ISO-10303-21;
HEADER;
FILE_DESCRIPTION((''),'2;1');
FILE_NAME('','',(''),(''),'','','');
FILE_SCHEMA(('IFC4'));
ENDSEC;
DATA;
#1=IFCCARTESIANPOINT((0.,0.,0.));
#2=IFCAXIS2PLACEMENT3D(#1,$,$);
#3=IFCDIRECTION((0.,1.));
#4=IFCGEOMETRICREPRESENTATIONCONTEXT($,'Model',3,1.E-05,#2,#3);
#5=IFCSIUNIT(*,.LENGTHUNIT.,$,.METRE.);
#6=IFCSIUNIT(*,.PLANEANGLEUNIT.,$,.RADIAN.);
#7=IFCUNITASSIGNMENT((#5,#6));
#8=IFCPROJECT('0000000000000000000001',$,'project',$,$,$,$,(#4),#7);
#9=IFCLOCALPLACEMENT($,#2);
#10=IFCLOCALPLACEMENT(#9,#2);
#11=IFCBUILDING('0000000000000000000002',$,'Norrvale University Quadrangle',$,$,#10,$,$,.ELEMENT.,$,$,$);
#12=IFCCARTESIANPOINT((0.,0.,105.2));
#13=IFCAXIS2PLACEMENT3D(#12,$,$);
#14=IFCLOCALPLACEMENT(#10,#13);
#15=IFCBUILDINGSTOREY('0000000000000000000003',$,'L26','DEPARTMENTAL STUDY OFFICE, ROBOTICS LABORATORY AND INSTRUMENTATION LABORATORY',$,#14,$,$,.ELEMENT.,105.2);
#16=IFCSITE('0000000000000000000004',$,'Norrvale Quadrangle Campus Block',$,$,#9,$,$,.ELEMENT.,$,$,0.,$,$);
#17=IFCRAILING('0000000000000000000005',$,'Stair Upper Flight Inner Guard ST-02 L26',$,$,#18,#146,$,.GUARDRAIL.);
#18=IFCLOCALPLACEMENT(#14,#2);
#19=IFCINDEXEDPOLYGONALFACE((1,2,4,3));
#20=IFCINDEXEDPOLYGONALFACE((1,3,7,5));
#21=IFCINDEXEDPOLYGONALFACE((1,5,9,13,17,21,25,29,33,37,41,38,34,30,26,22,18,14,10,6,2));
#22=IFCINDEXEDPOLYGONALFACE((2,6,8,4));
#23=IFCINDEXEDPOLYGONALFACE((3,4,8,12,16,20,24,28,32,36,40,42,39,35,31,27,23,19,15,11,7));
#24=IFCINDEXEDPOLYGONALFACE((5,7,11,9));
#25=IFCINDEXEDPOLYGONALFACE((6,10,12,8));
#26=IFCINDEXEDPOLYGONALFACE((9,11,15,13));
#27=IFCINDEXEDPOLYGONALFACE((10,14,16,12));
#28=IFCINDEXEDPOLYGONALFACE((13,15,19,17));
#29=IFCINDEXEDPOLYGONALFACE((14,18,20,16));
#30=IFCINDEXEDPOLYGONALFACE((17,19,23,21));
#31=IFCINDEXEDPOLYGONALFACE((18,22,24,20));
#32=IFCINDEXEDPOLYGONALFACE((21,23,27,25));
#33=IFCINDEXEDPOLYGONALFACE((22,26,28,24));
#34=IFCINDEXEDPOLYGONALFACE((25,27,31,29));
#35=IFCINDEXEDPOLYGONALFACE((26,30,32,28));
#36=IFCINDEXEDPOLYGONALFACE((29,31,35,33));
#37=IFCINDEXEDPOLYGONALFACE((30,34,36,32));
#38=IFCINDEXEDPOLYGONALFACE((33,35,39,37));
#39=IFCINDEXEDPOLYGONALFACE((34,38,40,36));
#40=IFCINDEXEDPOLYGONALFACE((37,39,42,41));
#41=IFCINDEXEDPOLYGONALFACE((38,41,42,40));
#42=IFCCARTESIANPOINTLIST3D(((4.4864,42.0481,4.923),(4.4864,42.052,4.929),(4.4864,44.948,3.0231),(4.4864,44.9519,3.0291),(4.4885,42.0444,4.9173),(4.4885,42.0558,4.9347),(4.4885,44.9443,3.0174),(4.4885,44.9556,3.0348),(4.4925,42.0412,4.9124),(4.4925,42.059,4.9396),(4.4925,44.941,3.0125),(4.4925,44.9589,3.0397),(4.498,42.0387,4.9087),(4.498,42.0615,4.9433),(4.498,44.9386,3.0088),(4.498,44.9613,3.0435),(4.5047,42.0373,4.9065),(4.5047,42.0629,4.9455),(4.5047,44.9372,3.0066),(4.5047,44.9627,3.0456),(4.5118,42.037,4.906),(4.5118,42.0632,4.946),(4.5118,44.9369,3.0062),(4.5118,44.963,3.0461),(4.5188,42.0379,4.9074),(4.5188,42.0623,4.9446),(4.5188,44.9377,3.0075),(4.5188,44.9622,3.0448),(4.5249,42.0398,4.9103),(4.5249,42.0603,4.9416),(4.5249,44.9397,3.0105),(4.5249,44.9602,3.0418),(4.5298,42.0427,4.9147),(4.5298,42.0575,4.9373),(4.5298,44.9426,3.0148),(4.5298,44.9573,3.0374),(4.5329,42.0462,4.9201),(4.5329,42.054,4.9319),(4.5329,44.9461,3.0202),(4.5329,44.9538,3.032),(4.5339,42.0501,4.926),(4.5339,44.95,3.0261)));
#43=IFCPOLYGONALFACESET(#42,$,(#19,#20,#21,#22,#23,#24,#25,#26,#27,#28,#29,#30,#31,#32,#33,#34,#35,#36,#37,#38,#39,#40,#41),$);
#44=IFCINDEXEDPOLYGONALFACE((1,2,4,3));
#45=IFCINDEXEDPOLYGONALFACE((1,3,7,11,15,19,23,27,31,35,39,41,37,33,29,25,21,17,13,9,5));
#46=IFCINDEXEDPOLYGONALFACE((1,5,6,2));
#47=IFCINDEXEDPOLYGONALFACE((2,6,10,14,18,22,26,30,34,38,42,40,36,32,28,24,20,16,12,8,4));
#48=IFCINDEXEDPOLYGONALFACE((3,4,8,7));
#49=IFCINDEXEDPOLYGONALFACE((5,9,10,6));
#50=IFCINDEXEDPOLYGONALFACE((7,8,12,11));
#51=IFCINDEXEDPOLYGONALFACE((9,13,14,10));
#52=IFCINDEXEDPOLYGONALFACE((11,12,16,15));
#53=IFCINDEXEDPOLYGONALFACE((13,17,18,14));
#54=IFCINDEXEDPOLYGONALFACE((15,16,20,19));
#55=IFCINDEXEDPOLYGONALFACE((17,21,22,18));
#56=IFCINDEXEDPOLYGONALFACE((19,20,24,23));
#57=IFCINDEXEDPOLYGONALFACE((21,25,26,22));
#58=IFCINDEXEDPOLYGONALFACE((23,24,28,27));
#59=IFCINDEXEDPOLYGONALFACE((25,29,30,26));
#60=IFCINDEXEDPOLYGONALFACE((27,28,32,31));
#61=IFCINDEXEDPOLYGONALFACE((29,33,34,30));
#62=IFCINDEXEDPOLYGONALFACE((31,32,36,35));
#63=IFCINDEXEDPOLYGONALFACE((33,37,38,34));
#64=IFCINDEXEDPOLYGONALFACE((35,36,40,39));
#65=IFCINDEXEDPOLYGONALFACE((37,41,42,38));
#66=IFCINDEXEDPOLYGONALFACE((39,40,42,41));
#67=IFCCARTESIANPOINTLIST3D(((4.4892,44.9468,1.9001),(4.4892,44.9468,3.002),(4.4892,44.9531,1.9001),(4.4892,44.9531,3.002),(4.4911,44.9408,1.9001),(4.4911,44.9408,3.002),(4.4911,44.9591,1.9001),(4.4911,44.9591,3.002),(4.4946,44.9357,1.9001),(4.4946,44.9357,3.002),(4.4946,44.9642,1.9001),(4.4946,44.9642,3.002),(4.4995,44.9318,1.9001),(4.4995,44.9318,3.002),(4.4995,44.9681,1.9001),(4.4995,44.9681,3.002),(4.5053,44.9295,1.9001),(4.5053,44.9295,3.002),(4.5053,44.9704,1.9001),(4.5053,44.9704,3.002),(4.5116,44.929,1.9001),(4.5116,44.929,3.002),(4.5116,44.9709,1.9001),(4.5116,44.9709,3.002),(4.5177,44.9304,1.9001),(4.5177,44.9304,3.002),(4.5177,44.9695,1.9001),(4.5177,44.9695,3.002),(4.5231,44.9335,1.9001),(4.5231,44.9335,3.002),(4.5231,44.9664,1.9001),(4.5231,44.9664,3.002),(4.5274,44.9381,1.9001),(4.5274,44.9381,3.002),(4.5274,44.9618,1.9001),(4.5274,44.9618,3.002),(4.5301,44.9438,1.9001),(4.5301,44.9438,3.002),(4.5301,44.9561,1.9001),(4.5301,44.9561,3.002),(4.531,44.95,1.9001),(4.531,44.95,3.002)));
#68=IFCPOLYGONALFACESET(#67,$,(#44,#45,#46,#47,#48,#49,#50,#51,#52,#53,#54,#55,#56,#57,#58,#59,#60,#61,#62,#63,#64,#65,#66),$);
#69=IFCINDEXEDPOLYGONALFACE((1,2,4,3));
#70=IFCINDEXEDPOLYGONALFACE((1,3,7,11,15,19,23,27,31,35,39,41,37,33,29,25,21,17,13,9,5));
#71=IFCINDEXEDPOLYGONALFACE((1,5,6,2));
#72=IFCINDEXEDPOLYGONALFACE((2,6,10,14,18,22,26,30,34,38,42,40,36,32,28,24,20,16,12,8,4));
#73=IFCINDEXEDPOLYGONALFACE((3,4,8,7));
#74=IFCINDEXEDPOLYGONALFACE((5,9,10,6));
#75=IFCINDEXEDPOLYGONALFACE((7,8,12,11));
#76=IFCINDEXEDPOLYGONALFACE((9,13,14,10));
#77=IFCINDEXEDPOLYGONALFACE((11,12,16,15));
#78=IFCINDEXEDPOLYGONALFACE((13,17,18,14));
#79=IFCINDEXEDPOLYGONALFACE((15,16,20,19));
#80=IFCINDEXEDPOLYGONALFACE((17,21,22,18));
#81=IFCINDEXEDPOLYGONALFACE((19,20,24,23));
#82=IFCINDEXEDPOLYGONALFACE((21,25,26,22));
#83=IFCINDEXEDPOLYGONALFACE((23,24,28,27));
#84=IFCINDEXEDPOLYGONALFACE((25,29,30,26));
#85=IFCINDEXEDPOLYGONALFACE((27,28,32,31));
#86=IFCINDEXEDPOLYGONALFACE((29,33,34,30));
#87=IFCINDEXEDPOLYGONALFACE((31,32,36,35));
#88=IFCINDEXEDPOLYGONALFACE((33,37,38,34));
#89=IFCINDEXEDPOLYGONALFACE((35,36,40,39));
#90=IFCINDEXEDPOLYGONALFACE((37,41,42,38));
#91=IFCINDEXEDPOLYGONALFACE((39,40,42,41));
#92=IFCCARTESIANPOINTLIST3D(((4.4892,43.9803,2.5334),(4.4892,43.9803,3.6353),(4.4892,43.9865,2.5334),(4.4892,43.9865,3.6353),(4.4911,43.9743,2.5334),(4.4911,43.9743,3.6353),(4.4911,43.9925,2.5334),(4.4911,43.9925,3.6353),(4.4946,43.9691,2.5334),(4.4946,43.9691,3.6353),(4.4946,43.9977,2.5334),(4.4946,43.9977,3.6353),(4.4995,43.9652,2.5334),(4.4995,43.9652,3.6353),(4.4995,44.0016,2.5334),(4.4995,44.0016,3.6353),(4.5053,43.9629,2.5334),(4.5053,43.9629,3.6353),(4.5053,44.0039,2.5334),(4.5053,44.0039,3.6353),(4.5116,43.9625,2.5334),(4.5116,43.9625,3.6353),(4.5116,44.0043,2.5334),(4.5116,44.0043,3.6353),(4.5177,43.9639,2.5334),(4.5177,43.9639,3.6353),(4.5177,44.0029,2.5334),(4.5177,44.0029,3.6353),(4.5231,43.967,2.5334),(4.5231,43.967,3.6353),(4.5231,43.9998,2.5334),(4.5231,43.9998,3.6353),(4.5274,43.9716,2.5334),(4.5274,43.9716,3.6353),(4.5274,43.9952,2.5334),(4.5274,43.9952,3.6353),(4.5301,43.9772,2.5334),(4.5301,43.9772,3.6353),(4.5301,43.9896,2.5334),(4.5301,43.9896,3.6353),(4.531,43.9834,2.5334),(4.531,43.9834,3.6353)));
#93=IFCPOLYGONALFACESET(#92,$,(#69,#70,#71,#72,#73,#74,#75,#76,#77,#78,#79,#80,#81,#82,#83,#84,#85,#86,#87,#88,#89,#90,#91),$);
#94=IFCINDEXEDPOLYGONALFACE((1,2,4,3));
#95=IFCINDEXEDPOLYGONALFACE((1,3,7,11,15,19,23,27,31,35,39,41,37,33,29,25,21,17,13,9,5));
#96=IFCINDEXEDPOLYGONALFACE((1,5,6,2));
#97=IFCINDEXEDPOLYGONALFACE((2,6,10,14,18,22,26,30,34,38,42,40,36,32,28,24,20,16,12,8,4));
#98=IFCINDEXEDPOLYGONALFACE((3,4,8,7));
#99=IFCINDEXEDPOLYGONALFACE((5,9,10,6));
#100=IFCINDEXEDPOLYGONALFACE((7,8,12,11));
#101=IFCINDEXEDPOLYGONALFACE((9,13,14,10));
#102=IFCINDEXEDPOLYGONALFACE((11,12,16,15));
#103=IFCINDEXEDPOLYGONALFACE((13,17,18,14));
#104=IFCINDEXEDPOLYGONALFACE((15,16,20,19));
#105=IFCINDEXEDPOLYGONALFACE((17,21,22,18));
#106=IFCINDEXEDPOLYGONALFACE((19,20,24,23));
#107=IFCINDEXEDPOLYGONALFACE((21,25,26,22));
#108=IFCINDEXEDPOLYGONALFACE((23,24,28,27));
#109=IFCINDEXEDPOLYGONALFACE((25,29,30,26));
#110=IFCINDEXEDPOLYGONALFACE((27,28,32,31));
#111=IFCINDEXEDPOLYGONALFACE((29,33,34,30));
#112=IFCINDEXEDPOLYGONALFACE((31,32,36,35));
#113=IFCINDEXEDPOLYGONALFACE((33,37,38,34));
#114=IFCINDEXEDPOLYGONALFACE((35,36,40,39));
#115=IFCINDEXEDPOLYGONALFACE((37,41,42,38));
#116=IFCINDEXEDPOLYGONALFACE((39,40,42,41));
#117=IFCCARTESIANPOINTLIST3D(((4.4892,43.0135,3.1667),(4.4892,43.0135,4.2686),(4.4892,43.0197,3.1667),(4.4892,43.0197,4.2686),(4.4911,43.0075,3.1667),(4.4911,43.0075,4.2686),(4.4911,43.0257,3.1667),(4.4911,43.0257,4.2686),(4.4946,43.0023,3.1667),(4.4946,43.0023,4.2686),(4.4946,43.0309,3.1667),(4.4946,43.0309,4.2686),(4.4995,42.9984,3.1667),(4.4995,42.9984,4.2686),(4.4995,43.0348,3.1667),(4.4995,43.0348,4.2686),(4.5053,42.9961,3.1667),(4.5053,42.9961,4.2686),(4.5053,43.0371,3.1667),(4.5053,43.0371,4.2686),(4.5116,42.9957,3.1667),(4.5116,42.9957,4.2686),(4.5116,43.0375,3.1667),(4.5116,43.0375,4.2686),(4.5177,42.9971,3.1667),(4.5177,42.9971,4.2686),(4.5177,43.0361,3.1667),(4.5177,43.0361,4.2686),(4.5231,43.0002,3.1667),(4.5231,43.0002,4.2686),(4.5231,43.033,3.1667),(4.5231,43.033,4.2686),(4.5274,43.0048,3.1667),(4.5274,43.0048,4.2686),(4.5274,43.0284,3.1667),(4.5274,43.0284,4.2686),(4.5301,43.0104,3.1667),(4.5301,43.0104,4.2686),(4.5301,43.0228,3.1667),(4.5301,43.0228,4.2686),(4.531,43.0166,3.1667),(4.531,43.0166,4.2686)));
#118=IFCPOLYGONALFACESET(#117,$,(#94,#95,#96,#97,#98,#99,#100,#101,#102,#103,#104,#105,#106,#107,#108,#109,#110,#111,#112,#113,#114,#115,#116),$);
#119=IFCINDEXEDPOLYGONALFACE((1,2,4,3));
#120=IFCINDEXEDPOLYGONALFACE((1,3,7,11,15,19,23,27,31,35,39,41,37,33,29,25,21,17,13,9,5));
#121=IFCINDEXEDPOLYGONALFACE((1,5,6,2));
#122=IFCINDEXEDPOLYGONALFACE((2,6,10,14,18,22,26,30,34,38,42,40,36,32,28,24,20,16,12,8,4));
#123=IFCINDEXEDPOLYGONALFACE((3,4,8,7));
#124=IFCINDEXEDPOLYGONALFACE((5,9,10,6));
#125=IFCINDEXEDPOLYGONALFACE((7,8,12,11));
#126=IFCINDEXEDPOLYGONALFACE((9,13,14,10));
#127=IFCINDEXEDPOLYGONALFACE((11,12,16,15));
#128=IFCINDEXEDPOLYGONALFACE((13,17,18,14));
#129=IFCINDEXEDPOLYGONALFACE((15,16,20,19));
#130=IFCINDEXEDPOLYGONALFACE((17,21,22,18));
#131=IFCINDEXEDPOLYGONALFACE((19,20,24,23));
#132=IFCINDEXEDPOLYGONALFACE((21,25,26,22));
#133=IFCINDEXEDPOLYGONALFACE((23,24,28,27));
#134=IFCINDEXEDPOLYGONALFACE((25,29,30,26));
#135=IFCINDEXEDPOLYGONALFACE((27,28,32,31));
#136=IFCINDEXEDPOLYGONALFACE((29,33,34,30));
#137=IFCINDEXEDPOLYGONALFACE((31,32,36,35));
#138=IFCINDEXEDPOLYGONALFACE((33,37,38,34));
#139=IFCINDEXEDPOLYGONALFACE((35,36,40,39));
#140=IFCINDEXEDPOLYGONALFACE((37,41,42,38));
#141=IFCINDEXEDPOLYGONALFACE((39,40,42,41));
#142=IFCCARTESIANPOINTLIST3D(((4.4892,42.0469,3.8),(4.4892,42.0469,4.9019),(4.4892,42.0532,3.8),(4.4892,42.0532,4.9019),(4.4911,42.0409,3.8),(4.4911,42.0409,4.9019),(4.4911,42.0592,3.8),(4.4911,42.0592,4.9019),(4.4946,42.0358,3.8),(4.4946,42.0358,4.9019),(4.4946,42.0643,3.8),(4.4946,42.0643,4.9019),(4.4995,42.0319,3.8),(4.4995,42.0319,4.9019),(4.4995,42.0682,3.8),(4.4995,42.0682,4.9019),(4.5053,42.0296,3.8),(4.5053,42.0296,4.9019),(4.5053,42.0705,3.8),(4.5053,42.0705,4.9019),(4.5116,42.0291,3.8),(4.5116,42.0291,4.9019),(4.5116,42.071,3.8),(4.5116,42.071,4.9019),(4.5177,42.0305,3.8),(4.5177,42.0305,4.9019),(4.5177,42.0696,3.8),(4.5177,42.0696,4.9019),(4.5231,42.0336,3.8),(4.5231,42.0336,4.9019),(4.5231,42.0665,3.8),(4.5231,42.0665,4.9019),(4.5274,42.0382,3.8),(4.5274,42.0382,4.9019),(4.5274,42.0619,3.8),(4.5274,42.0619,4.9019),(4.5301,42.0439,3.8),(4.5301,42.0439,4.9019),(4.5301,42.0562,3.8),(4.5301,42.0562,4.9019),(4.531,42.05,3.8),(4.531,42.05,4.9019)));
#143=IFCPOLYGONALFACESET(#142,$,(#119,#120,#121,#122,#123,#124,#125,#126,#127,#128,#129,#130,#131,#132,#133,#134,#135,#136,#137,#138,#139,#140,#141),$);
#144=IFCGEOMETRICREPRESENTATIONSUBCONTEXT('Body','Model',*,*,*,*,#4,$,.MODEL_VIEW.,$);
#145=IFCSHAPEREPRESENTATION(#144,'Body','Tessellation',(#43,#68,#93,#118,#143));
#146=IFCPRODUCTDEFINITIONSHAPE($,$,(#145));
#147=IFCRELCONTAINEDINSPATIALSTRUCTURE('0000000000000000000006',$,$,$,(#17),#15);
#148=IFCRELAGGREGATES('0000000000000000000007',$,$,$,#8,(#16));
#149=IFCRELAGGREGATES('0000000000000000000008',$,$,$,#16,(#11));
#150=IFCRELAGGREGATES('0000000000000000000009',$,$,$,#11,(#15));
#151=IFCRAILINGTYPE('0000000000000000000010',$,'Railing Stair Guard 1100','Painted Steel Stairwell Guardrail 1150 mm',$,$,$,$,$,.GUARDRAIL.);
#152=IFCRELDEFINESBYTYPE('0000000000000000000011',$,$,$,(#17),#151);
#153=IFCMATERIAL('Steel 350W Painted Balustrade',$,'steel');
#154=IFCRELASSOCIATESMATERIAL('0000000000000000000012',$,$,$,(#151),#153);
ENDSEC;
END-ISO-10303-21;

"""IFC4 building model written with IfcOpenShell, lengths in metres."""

from ifc_helpers import new_model, si_unit, direction, frame, origin, origin_2d, place, context, subcontext, project, spatial, circle, extrude, material, type_object, element, save


model = new_model("IFC4")

# Units and contexts
model_context = context("Model", 3, precision=1e-05, world=origin(), true_north=direction((0.0, 1.0)))
body_context = subcontext(model_context, "Body", "Model", "MODEL_VIEW")
ifc_project = project(units=[si_unit("LENGTHUNIT", "METRE"), si_unit("PLANEANGLEUNIT", "RADIAN")], contexts=[model_context])

# Site, building, storey
site_placement = place(None, origin())
site = spatial("IfcSite", under=ifc_project, at=site_placement, Name="Norrvale Quadrangle Campus Block", CompositionType="ELEMENT", RefElevation=0.0)
building_placement = place(site_placement, origin())
building = spatial("IfcBuilding", under=site, at=building_placement, Name="Norrvale University Quadrangle", CompositionType="ELEMENT")
storey_placement = place(building_placement, frame((0.0, 0.0, 105.2)))
storey = spatial("IfcBuildingStorey", under=building, at=storey_placement, Name="L26", Description="DEPARTMENTAL STUDY OFFICE, ROBOTICS LABORATORY AND INSTRUMENTATION LABORATORY", CompositionType="ELEMENT", Elevation=105.2)

# Railing
ifc_material_1 = material(Name="Steel 350W Painted Balustrade", Category="steel")
railing_type_1 = type_object("IfcRailingType", Name="Railing Stair Guard 1100", Description="Painted Steel Stairwell Guardrail 1150 mm", PredefinedType="GUARDRAIL", material=ifc_material_1)
railing_1_placement = place(storey_placement, frame((4.51, 44.95, 1.9001)))
element("IfcRailing", 1, at=railing_1_placement, inside=storey, type_object=railing_type_1, Name="Stair Upper Flight Inner Guard ST-02 L26", PredefinedType="GUARDRAIL", context=body_context, shape_type="SweptSolid", body=[
    extrude(circle(Radius=0.0239, at=origin_2d()), frame((0.0, 0.0, 1.126), z_axis=(0.0, -0.836466, 0.548019), x_axis=(1.0, 0.0, 0.0)), (0.0, 0.0, 1.0), 3.4668),
    extrude(circle(Radius=0.021, at=origin_2d()), origin(), (0.0, 0.0, 1.0), 1.1018),
    extrude(circle(Radius=0.021, at=origin_2d()), frame((0.0, -0.9666, 0.6333)), (0.0, 0.0, 1.0), 1.1018),
    extrude(circle(Radius=0.021, at=origin_2d()), frame((0.0, -1.9333, 1.2666)), (0.0, 0.0, 1.0), 1.1018),
    extrude(circle(Radius=0.021, at=origin_2d()), frame((0.0, -2.8999, 1.8999)), (0.0, 0.0, 1.0), 1.1018),
])

save(model, "model.ifc")
